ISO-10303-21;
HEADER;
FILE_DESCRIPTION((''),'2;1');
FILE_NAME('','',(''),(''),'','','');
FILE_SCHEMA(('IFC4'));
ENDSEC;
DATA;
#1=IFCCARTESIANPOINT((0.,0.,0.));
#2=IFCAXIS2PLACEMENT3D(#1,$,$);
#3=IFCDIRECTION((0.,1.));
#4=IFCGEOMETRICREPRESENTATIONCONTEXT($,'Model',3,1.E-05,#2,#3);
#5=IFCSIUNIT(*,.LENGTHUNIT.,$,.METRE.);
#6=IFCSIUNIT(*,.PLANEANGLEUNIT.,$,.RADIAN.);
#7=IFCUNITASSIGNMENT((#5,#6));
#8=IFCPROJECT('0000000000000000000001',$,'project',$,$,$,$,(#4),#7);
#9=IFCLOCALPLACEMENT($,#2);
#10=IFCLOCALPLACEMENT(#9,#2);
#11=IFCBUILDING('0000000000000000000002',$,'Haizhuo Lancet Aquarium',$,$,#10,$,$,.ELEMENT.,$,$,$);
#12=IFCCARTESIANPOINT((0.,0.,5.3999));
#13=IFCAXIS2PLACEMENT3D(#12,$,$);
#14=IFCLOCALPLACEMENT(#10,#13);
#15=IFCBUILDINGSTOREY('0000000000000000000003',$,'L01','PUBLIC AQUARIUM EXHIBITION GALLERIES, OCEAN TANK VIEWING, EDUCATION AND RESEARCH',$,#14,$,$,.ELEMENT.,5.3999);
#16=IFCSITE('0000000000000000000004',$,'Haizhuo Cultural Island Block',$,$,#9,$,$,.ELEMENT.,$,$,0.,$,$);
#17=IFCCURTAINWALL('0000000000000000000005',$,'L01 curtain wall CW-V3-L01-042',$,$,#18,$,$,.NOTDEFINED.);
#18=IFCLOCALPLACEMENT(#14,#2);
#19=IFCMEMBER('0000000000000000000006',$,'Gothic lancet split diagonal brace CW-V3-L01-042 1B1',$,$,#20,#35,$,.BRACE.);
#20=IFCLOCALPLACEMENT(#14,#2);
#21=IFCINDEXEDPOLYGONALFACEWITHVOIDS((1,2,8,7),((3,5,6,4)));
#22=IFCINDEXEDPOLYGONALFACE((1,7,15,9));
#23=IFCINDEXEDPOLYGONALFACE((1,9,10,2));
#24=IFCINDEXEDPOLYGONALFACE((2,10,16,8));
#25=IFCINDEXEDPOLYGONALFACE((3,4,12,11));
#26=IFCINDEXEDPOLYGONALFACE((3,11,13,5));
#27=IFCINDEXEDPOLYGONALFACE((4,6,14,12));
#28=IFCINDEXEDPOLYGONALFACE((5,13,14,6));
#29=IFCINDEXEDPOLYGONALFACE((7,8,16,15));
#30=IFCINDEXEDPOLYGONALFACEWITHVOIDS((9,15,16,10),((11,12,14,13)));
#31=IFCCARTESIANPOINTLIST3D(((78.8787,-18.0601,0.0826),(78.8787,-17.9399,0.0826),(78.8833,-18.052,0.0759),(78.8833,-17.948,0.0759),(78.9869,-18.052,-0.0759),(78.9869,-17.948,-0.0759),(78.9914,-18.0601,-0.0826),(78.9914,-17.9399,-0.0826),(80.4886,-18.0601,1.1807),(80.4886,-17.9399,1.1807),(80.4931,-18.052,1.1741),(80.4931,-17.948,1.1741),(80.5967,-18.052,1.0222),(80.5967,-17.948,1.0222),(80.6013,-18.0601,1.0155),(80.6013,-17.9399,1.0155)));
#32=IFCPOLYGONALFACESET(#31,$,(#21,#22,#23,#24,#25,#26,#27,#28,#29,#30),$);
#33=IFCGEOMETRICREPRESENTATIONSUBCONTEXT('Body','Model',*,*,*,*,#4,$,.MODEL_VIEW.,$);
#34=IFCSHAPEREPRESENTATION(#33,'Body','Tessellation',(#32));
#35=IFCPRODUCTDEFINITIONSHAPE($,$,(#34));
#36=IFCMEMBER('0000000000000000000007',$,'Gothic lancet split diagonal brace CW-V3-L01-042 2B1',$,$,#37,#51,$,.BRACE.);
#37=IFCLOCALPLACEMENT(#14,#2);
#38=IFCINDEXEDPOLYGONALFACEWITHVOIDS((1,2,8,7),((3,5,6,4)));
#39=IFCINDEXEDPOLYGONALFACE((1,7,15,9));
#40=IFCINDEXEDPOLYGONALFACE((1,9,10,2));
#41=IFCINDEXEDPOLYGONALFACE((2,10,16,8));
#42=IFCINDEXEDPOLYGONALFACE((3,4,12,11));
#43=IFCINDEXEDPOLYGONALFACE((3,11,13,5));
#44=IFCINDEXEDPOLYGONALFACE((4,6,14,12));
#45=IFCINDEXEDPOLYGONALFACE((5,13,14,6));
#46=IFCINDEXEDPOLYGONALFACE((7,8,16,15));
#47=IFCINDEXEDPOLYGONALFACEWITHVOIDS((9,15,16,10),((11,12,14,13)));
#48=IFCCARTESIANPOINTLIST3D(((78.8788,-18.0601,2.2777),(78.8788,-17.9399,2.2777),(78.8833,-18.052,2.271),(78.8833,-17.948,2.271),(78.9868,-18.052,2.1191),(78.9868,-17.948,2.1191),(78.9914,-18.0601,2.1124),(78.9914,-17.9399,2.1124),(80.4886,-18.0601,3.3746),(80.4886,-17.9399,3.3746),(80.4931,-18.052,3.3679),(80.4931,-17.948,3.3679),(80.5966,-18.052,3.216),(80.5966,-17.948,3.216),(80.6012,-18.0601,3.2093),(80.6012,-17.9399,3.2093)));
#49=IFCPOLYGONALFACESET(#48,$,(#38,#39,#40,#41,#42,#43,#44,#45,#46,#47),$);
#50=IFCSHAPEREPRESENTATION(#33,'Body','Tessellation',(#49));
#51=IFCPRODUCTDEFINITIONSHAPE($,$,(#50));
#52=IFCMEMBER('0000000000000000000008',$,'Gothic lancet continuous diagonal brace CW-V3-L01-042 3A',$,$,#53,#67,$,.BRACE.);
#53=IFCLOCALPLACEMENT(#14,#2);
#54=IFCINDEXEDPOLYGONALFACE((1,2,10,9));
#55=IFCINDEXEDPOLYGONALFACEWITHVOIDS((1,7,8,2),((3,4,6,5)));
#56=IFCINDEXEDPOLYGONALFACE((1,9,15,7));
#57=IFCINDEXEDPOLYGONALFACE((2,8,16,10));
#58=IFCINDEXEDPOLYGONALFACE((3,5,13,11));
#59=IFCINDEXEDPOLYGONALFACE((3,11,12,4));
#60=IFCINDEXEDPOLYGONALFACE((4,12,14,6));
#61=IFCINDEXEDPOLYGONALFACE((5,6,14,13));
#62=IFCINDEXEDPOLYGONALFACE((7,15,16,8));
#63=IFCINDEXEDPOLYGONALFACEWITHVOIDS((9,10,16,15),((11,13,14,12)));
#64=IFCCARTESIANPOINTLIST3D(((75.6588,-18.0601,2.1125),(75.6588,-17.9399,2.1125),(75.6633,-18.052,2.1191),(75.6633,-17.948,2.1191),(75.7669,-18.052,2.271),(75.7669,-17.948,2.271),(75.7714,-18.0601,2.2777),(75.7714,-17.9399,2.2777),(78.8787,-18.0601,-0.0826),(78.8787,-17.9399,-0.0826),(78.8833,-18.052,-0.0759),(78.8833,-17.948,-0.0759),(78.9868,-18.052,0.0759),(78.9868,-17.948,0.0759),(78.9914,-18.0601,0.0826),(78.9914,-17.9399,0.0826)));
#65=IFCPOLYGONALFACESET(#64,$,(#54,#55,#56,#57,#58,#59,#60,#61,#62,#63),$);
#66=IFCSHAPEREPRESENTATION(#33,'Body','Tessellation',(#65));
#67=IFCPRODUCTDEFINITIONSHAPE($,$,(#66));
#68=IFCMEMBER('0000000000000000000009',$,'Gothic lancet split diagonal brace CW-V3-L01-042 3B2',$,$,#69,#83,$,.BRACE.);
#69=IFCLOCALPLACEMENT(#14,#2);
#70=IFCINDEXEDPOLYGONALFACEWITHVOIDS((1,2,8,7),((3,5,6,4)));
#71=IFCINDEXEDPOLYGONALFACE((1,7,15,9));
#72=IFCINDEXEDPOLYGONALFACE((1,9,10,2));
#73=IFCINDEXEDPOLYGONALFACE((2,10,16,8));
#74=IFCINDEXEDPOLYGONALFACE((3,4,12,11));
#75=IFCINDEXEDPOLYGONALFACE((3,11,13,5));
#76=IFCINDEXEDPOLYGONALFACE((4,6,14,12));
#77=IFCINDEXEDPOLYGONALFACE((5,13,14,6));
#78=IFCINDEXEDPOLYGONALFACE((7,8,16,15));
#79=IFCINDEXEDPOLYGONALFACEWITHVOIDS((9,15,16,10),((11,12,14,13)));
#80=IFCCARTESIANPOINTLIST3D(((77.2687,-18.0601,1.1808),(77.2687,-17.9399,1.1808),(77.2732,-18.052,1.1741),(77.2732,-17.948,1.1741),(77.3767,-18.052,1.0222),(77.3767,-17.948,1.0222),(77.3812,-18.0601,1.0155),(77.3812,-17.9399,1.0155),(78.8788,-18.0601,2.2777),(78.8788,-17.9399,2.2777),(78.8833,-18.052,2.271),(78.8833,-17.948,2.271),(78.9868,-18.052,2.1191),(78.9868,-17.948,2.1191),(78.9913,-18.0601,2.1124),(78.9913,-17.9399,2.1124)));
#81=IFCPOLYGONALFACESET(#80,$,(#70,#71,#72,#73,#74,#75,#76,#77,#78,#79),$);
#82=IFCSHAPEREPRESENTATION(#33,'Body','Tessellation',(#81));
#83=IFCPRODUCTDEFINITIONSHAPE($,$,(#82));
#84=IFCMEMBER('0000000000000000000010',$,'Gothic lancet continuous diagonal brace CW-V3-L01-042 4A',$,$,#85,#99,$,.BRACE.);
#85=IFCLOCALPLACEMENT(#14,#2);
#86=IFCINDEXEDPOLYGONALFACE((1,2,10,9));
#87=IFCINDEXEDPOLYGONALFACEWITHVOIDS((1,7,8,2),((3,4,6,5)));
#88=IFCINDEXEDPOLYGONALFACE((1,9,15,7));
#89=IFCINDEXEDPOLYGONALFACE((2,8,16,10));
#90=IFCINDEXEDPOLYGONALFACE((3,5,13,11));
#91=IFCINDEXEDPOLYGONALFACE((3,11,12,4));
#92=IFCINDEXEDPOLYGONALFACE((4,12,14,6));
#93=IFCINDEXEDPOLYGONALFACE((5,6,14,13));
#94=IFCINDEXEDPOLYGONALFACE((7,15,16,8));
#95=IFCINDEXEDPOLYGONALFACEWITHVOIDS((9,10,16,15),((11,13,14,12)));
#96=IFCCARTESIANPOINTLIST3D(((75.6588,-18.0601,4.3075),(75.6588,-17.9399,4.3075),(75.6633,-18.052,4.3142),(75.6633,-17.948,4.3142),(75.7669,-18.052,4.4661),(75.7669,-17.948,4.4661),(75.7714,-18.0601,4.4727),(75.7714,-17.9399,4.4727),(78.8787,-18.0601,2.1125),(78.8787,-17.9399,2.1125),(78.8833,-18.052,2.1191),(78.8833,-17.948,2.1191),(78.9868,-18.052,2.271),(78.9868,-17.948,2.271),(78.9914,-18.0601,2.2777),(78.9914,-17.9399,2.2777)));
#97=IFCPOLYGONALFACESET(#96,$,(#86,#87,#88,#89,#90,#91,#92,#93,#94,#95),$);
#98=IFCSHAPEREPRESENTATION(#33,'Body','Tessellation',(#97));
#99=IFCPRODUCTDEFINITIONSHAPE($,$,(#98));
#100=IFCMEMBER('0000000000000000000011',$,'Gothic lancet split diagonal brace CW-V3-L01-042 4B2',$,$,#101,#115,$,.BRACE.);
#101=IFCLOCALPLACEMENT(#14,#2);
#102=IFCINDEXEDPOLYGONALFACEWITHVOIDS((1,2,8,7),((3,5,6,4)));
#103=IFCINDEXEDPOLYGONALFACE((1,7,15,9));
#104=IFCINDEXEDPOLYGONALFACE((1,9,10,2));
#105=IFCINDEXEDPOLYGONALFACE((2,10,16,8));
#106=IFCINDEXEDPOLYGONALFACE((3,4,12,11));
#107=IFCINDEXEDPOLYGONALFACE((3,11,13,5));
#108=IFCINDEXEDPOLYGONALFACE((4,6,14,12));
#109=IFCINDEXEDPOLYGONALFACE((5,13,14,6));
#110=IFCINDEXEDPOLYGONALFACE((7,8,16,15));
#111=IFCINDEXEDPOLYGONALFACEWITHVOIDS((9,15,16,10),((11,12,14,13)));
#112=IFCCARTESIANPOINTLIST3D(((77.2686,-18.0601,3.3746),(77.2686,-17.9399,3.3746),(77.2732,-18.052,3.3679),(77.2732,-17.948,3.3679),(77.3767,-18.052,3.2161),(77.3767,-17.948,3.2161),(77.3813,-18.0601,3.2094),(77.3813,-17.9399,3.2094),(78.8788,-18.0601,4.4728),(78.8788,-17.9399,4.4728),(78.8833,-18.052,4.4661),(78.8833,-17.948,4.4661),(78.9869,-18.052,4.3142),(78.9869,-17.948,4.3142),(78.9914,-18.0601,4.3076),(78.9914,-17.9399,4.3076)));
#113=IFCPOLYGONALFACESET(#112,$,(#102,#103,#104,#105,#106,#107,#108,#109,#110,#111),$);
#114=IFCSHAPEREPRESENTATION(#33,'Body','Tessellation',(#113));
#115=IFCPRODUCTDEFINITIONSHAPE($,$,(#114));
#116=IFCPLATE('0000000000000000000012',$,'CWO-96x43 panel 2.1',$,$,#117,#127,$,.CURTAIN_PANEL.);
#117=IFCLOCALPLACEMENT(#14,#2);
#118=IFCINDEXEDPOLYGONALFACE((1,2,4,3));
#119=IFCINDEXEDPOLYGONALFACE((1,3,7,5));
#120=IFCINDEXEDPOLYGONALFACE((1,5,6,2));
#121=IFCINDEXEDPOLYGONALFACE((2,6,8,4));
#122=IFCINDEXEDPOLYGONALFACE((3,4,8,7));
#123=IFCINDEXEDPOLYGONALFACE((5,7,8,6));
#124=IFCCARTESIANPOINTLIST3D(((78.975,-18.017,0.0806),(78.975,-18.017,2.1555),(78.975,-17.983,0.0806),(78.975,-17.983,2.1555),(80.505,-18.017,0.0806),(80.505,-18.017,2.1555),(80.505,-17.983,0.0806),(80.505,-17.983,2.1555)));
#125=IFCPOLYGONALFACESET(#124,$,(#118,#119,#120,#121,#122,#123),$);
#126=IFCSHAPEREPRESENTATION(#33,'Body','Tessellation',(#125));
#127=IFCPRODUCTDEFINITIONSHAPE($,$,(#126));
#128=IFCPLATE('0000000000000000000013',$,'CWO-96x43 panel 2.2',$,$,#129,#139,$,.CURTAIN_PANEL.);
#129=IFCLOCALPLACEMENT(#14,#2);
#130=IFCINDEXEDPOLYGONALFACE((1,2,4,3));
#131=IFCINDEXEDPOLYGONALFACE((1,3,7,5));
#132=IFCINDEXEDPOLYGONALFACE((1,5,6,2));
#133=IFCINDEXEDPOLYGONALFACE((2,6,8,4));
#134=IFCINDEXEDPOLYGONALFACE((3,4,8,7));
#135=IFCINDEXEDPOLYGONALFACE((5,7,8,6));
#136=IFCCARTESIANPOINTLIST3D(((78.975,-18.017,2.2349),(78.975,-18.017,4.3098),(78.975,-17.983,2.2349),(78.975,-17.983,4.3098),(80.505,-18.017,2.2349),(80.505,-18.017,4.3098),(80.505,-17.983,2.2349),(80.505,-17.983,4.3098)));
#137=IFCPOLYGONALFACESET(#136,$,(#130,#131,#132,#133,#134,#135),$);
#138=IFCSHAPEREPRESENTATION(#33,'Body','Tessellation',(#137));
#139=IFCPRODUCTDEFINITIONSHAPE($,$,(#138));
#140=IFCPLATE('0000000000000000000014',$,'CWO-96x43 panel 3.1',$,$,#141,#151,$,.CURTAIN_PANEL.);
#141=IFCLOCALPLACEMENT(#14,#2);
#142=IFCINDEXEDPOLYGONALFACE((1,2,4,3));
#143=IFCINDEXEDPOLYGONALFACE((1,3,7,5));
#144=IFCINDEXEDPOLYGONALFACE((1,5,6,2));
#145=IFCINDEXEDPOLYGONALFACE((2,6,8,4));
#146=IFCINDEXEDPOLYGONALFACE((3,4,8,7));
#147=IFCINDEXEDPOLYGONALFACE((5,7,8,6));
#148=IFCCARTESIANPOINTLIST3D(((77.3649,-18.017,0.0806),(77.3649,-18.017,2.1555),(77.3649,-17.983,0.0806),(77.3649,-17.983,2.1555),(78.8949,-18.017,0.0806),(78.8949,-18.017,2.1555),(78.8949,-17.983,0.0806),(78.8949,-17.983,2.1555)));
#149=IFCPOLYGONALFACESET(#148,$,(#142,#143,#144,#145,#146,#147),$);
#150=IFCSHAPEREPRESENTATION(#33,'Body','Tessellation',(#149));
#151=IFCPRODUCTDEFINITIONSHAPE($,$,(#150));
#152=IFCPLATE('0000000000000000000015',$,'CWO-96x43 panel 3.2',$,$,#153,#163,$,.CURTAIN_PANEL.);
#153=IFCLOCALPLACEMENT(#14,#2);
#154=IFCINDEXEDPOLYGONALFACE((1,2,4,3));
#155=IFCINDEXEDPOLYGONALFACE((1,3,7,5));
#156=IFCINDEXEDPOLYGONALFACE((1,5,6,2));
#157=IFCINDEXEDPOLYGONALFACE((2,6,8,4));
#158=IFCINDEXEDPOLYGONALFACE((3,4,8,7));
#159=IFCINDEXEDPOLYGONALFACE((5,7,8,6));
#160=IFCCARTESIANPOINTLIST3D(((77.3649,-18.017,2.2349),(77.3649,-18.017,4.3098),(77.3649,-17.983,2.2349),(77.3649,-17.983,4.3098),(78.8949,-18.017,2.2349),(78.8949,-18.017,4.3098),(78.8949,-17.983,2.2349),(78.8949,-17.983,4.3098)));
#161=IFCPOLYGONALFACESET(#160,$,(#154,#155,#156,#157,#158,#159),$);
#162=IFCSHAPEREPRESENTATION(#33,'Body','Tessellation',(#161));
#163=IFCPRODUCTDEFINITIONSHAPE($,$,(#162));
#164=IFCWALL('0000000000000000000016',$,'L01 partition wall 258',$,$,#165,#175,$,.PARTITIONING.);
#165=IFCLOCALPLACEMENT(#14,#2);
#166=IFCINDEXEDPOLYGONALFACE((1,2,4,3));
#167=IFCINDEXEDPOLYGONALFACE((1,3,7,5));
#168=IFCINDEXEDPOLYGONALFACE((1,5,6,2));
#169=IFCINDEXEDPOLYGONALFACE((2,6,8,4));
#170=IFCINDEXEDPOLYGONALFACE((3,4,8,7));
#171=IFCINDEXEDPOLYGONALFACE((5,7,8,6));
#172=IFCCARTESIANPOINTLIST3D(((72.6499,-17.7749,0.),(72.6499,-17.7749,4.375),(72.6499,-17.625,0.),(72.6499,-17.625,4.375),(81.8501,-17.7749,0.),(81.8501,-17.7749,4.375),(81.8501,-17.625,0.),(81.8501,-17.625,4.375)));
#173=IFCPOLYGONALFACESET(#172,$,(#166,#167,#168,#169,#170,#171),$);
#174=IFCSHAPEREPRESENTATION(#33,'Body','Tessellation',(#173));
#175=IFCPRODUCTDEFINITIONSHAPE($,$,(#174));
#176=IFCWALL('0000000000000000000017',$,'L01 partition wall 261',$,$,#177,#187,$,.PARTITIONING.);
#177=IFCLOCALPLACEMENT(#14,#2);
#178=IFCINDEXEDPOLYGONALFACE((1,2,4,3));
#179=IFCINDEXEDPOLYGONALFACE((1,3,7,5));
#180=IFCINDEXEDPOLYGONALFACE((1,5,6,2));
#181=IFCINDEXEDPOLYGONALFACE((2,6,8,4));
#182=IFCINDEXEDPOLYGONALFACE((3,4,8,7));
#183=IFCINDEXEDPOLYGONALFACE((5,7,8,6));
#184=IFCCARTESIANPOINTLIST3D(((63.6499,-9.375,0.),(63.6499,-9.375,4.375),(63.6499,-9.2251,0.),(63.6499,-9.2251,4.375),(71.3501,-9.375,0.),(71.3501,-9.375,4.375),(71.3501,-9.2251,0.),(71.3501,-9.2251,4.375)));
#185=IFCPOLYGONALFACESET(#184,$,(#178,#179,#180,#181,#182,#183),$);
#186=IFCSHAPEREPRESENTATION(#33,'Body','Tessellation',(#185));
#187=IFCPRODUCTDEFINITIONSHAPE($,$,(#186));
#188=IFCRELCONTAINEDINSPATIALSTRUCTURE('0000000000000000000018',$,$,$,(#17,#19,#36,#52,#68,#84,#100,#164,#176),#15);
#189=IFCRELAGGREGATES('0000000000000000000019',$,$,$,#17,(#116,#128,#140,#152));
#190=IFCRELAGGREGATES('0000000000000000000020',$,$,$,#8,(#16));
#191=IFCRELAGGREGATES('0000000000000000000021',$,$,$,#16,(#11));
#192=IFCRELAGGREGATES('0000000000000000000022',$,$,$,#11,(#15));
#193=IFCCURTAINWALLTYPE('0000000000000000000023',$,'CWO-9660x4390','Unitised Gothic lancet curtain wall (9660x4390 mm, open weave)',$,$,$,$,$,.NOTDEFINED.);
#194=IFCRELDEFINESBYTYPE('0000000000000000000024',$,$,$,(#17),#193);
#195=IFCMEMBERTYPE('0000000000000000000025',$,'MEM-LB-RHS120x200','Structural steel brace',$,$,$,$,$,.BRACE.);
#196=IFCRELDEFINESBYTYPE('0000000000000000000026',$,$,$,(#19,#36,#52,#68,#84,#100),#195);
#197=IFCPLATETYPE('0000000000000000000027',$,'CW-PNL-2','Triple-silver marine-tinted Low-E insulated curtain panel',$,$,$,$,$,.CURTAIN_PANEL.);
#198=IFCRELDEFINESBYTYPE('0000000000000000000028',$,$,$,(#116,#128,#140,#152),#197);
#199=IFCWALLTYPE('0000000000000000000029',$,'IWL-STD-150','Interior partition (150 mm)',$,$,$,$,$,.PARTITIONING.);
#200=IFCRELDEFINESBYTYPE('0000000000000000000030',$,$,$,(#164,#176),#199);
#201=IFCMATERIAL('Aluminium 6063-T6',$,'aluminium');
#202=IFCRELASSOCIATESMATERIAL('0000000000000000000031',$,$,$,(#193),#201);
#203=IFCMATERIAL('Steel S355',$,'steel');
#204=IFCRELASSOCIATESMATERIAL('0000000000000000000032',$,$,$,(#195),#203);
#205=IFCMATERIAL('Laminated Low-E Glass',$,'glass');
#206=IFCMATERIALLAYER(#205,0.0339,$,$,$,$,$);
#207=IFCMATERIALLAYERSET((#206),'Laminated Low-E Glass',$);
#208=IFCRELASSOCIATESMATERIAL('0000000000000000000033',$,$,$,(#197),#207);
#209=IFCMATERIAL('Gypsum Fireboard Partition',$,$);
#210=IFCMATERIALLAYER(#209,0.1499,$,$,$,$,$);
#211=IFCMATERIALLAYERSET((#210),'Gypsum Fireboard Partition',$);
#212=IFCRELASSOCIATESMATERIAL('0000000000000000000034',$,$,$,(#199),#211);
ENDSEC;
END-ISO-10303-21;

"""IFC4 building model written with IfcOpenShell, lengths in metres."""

from ifc_helpers import new_model, si_unit, direction, frame, frame_2d, origin, origin_2d, place, context, subcontext, project, spatial, rectangle, hollow_rectangle, extrude, material, layer, layer_set, material_profile, profile_set, type_object, element, aggregate, save


model = new_model("IFC4")

# Units and contexts
model_context = context("Model", 3, precision=1e-05, world=origin(), true_north=direction((0.0, 1.0)))
body_context = subcontext(model_context, "Body", "Model", "MODEL_VIEW")
ifc_project = project(units=[si_unit("LENGTHUNIT", "METRE"), si_unit("PLANEANGLEUNIT", "RADIAN")], contexts=[model_context])

# Site, building, storey
site_placement = place(None, origin())
site = spatial("IfcSite", under=ifc_project, at=site_placement, Name="Haizhuo Cultural Island Block", CompositionType="ELEMENT", RefElevation=0.0)
building_placement = place(site_placement, origin())
building = spatial("IfcBuilding", under=site, at=building_placement, Name="Haizhuo Lancet Aquarium", CompositionType="ELEMENT")
storey_placement = place(building_placement, frame((0.0, 0.0, 5.3999)))
storey = spatial("IfcBuildingStorey", under=building, at=storey_placement, Name="L01", Description="PUBLIC AQUARIUM EXHIBITION GALLERIES, OCEAN TANK VIEWING, EDUCATION AND RESEARCH", CompositionType="ELEMENT", Elevation=5.3999)

# Curtain wall
ifc_material_1 = material(Name="Aluminium 6063-T6", Category="aluminium")
curtain_wall_type = type_object("IfcCurtainWallType", Name="CWO-9660x4390", Description="Unitised Gothic lancet curtain wall (9660x4390 mm, open weave)", PredefinedType="NOTDEFINED", material=ifc_material_1)
curtain_wall_placement = place(storey_placement, origin())
curtain_wall = element("IfcCurtainWall", 1, at=curtain_wall_placement, inside=storey, type_object=curtain_wall_type, Name="L01 curtain wall CW-V3-L01-042", PredefinedType="NOTDEFINED")

# Members
ifc_material_2 = material(Name="Steel S355", Category="steel")
ifc_material_profile_1 = material_profile(ifc_material_2, hollow_rectangle(XDim=0.1201, YDim=0.2, WallThickness=0.0081, at=origin_2d()), Name="RHS 120x200x8")
ifc_profile_set_1 = profile_set([ifc_material_profile_1], Name="Steel S355")
member_type_1 = type_object("IfcMemberType", Name="MEM-LB-RHS120x200", Description="Structural steel brace", PredefinedType="BRACE", material=ifc_profile_set_1)
member_1_placement = place(storey_placement, frame((78.9351, -18.0, 0.0), z_axis=(0.826105, 0.0, 0.563516), x_axis=(0.0, 1.0, 0.0)))
element("IfcMember", 2, at=member_1_placement, inside=storey, type_object=member_type_1, Name="Gothic lancet split diagonal brace CW-V3-L01-042 1B1", PredefinedType="BRACE", context=body_context, shape_type="SweptSolid", body=[
    extrude(hollow_rectangle(XDim=0.1201, YDim=0.2, WallThickness=0.0081, at=origin_2d()), origin(), (0.0, 0.0, 1.0), 1.9487),
])
member_2_placement = place(storey_placement, frame((78.9351, -18.0, 2.1951), z_axis=(0.826397, 0.0, 0.563088), x_axis=(0.0, 1.0, 0.0)))
element("IfcMember", 3, at=member_2_placement, inside=storey, type_object=member_type_1, Name="Gothic lancet split diagonal brace CW-V3-L01-042 2B1", PredefinedType="BRACE", context=body_context, shape_type="SweptSolid", body=[
    extrude(hollow_rectangle(XDim=0.1201, YDim=0.2, WallThickness=0.0081, at=origin_2d()), origin(), (0.0, 0.0, 1.0), 1.948),
])
member_3_placement = place(storey_placement, frame((78.9351, -18.0, 0.0), z_axis=(-0.826271, 0.0, 0.563273), x_axis=(0.0, -1.0, 0.0)))
element("IfcMember", 4, at=member_3_placement, inside=storey, type_object=member_type_1, Name="Gothic lancet continuous diagonal brace CW-V3-L01-042 3A", PredefinedType="BRACE", context=body_context, shape_type="SweptSolid", body=[
    extrude(hollow_rectangle(XDim=0.1201, YDim=0.2, WallThickness=0.0081, at=origin_2d()), origin(), (0.0, 0.0, 1.0), 3.897),
])
member_4_placement = place(storey_placement, frame((77.325, -18.0, 1.0981), z_axis=(0.826437, 0.0, 0.56303), x_axis=(0.0, 1.0, 0.0)))
element("IfcMember", 5, at=member_4_placement, inside=storey, type_object=member_type_1, Name="Gothic lancet split diagonal brace CW-V3-L01-042 3B2", PredefinedType="BRACE", context=body_context, shape_type="SweptSolid", body=[
    extrude(hollow_rectangle(XDim=0.1201, YDim=0.2, WallThickness=0.0081, at=origin_2d()), origin(), (0.0, 0.0, 1.0), 1.9482),
])
member_5_placement = place(storey_placement, frame((78.9351, -18.0, 2.1951), z_axis=(-0.826271, 0.0, 0.563273), x_axis=(0.0, -1.0, 0.0)))
element("IfcMember", 6, at=member_5_placement, inside=storey, type_object=member_type_1, Name="Gothic lancet continuous diagonal brace CW-V3-L01-042 4A", PredefinedType="BRACE", context=body_context, shape_type="SweptSolid", body=[
    extrude(hollow_rectangle(XDim=0.1201, YDim=0.2, WallThickness=0.0081, at=origin_2d()), origin(), (0.0, 0.0, 1.0), 3.897),
])
member_6_placement = place(storey_placement, frame((77.325, -18.0, 3.292), z_axis=(0.826145, 0.0, 0.563457), x_axis=(0.0, 1.0, 0.0)))
element("IfcMember", 7, at=member_6_placement, inside=storey, type_object=member_type_1, Name="Gothic lancet split diagonal brace CW-V3-L01-042 4B2", PredefinedType="BRACE", context=body_context, shape_type="SweptSolid", body=[
    extrude(hollow_rectangle(XDim=0.1201, YDim=0.2, WallThickness=0.0081, at=origin_2d()), origin(), (0.0, 0.0, 1.0), 1.949),
])

# Plates
ifc_material_3 = material(Name="Laminated Low-E Glass", Category="glass")
ifc_layer_1 = layer(ifc_material_3, 0.0339)
ifc_layer_set_1 = layer_set([ifc_layer_1], Name="Laminated Low-E Glass")
plate_type = type_object("IfcPlateType", Name="CW-PNL-2", Description="Triple-silver marine-tinted Low-E insulated curtain panel", PredefinedType="CURTAIN_PANEL", material=ifc_layer_set_1)
plate_1_placement = place(storey_placement, frame((79.74, -18.0, 0.0806), z_axis=(0.0, 0.0, 1.0), x_axis=(-1.0, 0.0, 0.0)))
plate_1 = element("IfcPlate", 8, at=plate_1_placement, type_object=plate_type, Name="CWO-96x43 panel 2.1", PredefinedType="CURTAIN_PANEL", context=body_context, shape_type="SweptSolid", body=[
    extrude(rectangle(XDim=1.53, YDim=0.0339, at=origin_2d()), origin(), (0.0, 0.0, 1.0), 2.075),
])
plate_2_placement = place(storey_placement, frame((79.74, -18.0, 2.2349), z_axis=(0.0, 0.0, 1.0), x_axis=(-1.0, 0.0, 0.0)))
plate_2 = element("IfcPlate", 9, at=plate_2_placement, type_object=plate_type, Name="CWO-96x43 panel 2.2", PredefinedType="CURTAIN_PANEL", context=body_context, shape_type="SweptSolid", body=[
    extrude(rectangle(XDim=1.53, YDim=0.0339, at=origin_2d()), origin(), (0.0, 0.0, 1.0), 2.075),
])
plate_3_placement = place(storey_placement, frame((78.1299, -18.0, 0.0806), z_axis=(0.0, 0.0, 1.0), x_axis=(-1.0, 0.0, 0.0)))
plate_3 = element("IfcPlate", 10, at=plate_3_placement, type_object=plate_type, Name="CWO-96x43 panel 3.1", PredefinedType="CURTAIN_PANEL", context=body_context, shape_type="SweptSolid", body=[
    extrude(rectangle(XDim=1.53, YDim=0.0339, at=origin_2d()), origin(), (0.0, 0.0, 1.0), 2.075),
])
plate_4_placement = place(storey_placement, frame((78.1299, -18.0, 2.2349), z_axis=(0.0, 0.0, 1.0), x_axis=(-1.0, 0.0, 0.0)))
plate_4 = element("IfcPlate", 11, at=plate_4_placement, type_object=plate_type, Name="CWO-96x43 panel 3.2", PredefinedType="CURTAIN_PANEL", context=body_context, shape_type="SweptSolid", body=[
    extrude(rectangle(XDim=1.53, YDim=0.0339, at=origin_2d()), origin(), (0.0, 0.0, 1.0), 2.075),
])
aggregate(curtain_wall, [plate_1, plate_2, plate_3, plate_4])

# Walls
ifc_material_4 = material(Name="Gypsum Fireboard Partition")
ifc_layer_2 = layer(ifc_material_4, 0.1499)
ifc_layer_set_2 = layer_set([ifc_layer_2], Name="Gypsum Fireboard Partition")
wall_type = type_object("IfcWallType", Name="IWL-STD-150", Description="Interior partition (150 mm)", PredefinedType="PARTITIONING", material=ifc_layer_set_2)
wall_1_placement = place(storey_placement, frame((72.6499, -17.7, 0.0), z_axis=(0.0, 0.0, 1.0), x_axis=(1.0, 0.0, 0.0)))
element("IfcWall", 12, at=wall_1_placement, inside=storey, type_object=wall_type, Name="L01 partition wall 258", PredefinedType="PARTITIONING", context=body_context, shape_type="SweptSolid", body=[
    extrude(rectangle(XDim=9.2002, YDim=0.1499, at=frame_2d((4.6001, 0.0))), origin(), (0.0, 0.0, 1.0), 4.375),
])
wall_2_placement = place(storey_placement, frame((71.3501, -9.3, 0.0), z_axis=(0.0, 0.0, 1.0), x_axis=(-1.0, 0.0, 0.0)))
element("IfcWall", 13, at=wall_2_placement, inside=storey, type_object=wall_type, Name="L01 partition wall 261", PredefinedType="PARTITIONING", context=body_context, shape_type="SweptSolid", body=[
    extrude(rectangle(XDim=7.7002, YDim=0.1499, at=frame_2d((3.8501, 0.0))), origin(), (0.0, 0.0, 1.0), 4.375),
])

save(model, "model.ifc")
